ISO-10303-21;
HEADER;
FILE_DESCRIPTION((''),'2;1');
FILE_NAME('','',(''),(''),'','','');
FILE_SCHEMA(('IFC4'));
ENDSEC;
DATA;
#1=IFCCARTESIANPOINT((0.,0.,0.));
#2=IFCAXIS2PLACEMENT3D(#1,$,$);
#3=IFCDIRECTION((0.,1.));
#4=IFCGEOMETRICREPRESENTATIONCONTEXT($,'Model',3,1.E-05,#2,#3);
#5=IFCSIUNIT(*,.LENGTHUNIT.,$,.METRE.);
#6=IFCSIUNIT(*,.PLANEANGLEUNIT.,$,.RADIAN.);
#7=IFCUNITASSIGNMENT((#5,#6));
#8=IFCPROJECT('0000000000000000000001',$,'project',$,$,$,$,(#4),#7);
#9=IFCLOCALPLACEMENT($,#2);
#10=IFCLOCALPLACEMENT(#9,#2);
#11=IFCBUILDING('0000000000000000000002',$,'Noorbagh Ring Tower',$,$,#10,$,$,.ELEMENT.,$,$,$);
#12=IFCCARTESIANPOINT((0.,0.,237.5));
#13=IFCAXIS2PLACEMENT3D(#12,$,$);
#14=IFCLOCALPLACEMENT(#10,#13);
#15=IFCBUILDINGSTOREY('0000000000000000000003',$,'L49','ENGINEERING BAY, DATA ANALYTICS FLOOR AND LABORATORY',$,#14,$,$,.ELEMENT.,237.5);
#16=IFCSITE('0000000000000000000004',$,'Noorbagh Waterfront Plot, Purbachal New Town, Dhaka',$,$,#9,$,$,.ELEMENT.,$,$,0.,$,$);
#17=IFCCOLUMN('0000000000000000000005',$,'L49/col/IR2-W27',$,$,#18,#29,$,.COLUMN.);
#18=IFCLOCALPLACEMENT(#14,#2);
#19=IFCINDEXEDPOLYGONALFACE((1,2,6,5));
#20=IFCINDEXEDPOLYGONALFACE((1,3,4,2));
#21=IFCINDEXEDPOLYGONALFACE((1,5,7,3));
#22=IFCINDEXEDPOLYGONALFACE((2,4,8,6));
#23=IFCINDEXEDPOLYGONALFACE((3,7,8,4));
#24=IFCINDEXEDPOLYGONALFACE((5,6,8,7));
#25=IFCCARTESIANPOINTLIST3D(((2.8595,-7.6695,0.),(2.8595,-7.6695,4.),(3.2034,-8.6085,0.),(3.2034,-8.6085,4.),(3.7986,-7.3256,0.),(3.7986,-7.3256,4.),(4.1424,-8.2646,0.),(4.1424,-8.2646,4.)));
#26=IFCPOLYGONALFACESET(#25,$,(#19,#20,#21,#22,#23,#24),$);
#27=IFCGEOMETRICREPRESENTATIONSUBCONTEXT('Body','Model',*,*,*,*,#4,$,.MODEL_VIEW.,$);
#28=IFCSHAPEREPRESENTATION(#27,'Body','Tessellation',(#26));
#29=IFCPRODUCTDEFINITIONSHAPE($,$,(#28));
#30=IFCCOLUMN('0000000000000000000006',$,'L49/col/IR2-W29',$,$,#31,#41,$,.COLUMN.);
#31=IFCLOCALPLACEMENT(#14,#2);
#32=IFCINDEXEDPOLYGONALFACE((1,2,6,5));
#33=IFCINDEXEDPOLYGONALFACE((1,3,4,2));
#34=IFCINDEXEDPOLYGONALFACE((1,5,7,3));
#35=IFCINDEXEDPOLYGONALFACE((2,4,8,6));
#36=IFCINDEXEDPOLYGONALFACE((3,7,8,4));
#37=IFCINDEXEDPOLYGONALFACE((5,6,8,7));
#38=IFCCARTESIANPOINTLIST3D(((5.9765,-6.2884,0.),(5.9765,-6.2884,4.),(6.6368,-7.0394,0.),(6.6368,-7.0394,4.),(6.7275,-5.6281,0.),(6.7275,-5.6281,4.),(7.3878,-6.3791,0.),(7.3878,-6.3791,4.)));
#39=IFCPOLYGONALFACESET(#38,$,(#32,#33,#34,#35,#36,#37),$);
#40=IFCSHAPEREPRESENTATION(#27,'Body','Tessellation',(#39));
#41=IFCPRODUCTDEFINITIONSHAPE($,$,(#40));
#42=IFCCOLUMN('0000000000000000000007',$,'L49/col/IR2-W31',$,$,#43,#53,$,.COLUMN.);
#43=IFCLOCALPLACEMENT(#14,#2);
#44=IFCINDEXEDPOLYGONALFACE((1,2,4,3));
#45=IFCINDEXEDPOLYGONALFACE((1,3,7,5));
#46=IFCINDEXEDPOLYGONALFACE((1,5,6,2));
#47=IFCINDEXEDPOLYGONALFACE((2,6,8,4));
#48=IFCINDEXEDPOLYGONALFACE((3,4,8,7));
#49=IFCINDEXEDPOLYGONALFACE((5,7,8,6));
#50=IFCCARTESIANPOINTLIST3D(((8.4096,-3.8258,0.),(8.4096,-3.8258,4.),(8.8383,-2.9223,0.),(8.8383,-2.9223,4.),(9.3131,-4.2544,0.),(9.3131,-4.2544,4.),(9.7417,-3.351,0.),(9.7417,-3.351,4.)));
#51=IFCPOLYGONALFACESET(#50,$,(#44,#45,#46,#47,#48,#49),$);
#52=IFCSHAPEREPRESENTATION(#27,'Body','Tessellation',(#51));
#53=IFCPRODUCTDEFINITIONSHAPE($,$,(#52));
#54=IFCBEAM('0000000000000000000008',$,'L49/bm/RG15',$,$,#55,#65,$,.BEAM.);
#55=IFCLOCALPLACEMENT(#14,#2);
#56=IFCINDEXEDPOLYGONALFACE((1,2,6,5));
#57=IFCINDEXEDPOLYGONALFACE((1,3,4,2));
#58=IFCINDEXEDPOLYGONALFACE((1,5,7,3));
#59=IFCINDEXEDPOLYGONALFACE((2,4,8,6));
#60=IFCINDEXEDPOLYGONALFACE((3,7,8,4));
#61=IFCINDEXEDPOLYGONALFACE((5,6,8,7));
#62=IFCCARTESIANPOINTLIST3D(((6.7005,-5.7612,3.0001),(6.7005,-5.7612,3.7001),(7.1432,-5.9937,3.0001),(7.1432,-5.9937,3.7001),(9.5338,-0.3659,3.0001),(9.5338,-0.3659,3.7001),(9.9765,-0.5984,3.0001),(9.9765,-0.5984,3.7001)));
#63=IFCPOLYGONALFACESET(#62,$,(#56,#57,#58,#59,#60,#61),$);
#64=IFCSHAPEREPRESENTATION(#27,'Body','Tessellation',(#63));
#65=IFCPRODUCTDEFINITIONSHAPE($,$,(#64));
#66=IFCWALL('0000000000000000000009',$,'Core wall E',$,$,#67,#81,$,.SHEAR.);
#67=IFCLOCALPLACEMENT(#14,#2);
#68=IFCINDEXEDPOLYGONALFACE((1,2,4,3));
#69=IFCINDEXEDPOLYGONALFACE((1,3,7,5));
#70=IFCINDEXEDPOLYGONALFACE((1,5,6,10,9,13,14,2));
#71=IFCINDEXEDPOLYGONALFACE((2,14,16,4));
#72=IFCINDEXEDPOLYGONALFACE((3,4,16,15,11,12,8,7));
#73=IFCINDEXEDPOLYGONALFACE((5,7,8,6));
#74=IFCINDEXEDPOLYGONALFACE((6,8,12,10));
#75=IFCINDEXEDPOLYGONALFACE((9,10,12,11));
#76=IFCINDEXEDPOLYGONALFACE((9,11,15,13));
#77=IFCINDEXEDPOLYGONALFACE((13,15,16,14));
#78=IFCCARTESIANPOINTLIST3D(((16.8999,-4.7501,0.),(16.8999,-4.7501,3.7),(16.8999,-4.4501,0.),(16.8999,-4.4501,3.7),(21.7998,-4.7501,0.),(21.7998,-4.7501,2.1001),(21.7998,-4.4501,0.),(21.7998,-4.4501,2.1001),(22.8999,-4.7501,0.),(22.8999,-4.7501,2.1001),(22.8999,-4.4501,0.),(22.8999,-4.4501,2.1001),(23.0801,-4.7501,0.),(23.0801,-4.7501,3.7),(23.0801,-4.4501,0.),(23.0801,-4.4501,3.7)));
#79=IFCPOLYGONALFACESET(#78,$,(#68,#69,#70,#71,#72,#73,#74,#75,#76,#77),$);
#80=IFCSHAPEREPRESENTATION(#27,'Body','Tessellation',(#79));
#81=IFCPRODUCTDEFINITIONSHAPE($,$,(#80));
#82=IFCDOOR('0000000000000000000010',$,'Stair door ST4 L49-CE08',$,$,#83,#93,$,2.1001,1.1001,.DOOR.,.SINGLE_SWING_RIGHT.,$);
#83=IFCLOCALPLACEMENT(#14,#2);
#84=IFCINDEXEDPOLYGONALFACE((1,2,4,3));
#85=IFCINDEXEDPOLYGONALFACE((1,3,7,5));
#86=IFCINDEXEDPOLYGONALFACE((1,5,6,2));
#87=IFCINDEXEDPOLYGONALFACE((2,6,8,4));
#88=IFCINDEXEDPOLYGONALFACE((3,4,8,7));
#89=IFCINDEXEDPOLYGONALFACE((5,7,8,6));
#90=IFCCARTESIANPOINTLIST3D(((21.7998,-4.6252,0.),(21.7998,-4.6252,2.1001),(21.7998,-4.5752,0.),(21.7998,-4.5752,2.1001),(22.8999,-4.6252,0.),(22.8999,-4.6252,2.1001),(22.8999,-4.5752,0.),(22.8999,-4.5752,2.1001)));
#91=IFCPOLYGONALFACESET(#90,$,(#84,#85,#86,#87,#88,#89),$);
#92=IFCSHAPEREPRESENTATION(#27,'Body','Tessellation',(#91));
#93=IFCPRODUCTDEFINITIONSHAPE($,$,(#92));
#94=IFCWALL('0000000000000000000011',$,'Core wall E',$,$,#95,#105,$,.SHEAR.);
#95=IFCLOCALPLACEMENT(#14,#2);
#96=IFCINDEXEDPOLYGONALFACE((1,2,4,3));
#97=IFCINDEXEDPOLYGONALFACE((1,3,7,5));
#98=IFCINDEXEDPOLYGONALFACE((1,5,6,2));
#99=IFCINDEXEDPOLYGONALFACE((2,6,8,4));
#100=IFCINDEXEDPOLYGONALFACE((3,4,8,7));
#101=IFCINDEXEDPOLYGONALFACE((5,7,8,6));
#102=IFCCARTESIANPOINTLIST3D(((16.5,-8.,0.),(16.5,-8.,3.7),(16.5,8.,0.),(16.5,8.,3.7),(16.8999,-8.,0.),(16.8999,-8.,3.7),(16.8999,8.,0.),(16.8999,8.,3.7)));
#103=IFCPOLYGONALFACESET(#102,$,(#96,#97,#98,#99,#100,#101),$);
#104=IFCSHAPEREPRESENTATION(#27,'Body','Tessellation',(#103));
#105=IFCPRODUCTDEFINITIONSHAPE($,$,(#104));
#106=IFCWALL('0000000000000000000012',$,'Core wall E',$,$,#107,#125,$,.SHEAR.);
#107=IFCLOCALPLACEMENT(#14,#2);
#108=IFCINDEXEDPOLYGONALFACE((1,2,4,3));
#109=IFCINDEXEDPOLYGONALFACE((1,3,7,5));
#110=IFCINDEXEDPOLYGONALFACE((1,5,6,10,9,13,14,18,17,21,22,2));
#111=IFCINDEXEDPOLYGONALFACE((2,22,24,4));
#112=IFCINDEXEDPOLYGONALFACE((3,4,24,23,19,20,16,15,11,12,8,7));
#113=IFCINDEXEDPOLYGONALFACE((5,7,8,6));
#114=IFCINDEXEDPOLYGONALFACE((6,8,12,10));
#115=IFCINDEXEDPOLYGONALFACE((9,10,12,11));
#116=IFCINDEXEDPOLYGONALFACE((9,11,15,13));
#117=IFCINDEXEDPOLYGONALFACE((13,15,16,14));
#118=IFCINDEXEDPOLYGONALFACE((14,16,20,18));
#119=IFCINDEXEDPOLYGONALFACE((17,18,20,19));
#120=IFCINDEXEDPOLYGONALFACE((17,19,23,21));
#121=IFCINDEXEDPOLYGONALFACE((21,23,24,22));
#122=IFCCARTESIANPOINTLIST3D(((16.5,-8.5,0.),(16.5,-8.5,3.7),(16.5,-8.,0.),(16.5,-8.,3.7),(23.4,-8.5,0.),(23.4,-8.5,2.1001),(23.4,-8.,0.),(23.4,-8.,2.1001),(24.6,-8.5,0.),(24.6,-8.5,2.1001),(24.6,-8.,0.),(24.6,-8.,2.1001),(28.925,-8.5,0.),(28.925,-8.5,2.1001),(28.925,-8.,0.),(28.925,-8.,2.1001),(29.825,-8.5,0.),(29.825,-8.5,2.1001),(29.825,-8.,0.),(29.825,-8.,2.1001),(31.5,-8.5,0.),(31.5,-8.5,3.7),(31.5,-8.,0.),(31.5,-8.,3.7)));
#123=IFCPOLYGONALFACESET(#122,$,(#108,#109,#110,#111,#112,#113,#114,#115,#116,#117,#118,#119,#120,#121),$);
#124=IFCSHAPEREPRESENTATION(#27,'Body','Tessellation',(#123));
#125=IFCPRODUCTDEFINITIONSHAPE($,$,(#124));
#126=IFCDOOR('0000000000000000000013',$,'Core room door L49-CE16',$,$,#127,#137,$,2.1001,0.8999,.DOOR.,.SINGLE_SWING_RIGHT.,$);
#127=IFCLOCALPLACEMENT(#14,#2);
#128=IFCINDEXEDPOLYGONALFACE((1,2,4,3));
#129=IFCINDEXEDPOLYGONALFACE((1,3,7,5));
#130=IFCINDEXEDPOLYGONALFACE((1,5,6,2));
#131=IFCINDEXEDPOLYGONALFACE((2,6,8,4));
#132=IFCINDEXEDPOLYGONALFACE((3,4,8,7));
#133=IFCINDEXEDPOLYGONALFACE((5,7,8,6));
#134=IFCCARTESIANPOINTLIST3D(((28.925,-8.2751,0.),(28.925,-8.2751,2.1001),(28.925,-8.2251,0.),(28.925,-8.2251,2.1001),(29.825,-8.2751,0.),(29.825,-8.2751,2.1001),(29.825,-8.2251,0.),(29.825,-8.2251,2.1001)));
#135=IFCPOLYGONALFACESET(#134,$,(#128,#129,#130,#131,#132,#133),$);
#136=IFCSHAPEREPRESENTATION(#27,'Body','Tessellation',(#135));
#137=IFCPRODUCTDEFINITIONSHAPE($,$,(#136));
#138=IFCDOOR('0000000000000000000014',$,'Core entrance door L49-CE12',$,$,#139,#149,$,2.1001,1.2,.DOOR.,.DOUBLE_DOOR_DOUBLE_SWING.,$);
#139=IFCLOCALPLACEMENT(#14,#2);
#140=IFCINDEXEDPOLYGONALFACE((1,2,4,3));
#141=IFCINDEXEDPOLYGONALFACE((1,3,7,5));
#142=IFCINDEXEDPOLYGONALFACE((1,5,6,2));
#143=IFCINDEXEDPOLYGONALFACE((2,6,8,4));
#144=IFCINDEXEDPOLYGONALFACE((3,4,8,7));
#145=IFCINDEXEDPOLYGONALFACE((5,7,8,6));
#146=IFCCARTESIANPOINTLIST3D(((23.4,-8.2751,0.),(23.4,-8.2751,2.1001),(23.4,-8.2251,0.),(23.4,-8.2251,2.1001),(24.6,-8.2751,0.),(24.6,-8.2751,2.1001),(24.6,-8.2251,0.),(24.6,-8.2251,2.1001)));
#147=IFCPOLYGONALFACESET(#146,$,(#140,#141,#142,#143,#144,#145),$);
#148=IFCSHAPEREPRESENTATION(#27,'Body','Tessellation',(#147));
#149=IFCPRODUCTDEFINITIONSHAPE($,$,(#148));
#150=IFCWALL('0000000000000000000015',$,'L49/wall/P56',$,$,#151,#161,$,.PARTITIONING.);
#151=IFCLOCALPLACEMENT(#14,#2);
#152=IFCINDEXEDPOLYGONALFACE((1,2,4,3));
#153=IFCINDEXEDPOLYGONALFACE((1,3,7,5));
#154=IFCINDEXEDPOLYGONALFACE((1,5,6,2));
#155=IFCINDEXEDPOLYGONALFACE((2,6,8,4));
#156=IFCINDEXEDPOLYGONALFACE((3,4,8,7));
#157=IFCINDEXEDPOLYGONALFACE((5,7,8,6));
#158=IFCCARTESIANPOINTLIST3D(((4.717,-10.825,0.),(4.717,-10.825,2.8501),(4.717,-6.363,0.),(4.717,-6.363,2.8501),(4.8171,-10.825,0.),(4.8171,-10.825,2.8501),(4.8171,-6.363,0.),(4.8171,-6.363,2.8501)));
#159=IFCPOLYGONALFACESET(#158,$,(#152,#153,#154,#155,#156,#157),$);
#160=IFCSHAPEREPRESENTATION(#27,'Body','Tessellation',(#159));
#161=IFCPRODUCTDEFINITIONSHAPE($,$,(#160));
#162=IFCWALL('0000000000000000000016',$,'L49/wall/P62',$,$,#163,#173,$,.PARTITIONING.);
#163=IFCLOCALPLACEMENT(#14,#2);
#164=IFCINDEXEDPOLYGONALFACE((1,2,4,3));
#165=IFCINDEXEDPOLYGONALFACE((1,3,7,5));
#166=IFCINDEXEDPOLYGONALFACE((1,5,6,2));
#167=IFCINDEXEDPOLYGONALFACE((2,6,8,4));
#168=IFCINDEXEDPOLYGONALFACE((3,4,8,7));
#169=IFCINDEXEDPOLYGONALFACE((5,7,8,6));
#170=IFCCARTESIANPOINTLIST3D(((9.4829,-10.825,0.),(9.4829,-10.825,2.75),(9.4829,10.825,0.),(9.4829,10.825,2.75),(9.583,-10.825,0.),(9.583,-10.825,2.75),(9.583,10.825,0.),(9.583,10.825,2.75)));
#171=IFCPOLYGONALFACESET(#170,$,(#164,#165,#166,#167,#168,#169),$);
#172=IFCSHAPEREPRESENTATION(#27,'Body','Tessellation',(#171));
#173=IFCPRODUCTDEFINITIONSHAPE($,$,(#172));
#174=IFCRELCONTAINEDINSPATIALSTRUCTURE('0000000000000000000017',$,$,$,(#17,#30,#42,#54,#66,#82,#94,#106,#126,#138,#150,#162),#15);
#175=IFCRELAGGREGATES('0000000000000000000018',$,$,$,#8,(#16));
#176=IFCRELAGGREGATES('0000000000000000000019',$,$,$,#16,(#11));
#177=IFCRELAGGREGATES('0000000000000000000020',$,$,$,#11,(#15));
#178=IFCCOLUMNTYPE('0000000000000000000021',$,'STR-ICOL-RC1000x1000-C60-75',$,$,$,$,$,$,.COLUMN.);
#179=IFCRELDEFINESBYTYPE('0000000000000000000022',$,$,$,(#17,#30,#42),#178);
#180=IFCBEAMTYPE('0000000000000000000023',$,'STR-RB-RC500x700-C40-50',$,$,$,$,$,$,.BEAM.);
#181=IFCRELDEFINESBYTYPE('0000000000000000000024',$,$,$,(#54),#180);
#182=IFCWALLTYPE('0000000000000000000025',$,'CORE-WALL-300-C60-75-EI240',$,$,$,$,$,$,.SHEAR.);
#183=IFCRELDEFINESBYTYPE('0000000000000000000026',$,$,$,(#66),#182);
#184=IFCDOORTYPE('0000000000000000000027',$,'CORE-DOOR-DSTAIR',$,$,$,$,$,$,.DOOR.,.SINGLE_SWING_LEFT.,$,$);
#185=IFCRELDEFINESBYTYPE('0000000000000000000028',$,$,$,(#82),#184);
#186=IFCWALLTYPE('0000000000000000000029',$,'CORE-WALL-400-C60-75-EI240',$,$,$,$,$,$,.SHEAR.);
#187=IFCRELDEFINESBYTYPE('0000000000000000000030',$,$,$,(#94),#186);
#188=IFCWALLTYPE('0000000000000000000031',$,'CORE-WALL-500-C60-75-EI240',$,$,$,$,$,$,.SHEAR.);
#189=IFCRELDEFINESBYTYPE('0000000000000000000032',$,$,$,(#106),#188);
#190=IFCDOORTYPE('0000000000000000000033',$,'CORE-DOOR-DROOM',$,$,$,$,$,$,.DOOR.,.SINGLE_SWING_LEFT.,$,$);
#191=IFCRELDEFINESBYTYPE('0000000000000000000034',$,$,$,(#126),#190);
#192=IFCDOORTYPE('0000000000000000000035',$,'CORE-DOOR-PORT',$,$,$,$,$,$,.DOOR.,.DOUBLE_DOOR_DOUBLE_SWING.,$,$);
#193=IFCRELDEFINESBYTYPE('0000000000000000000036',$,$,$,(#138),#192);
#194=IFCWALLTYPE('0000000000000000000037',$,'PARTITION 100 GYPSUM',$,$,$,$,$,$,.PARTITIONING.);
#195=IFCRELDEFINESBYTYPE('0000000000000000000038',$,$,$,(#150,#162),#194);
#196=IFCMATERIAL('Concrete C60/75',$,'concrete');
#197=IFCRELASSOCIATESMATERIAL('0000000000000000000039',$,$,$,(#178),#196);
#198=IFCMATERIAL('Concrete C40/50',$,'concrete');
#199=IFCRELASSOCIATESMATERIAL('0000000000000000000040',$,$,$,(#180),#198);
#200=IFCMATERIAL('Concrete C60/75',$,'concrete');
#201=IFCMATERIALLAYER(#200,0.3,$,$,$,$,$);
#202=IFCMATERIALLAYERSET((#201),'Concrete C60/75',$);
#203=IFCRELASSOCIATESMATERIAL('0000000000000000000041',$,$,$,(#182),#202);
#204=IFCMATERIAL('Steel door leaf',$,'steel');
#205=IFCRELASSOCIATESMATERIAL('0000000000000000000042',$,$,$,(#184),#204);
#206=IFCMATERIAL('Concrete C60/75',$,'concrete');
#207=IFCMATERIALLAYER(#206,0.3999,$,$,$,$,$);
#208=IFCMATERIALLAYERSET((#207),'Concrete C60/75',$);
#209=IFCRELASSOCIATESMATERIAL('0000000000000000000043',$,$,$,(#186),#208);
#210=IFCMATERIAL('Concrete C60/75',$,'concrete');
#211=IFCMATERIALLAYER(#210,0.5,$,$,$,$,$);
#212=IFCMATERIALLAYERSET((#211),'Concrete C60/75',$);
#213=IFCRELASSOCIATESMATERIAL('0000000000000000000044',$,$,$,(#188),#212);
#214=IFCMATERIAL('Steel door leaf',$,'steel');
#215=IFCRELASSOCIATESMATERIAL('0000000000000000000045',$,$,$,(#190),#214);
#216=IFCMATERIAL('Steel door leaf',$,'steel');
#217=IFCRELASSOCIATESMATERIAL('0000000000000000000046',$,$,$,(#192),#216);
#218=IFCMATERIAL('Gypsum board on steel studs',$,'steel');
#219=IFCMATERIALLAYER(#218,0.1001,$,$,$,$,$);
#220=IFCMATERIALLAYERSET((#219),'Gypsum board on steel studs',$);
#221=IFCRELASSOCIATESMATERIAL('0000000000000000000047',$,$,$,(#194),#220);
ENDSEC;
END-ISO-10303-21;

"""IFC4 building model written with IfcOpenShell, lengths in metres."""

from ifc_helpers import new_model, si_unit, direction, frame, frame_2d, origin, origin_2d, place, context, subcontext, project, spatial, rectangle, extrude, material, layer, layer_set, material_profile, profile_set, type_object, element, fill, save


model = new_model("IFC4")

# Units and contexts
model_context = context("Model", 3, precision=1e-05, world=origin(), true_north=direction((0.0, 1.0)))
body_context = subcontext(model_context, "Body", "Model", "MODEL_VIEW")
ifc_project = project(units=[si_unit("LENGTHUNIT", "METRE"), si_unit("PLANEANGLEUNIT", "RADIAN")], contexts=[model_context])

# Site, building, storey
site_placement = place(None, origin())
site = spatial("IfcSite", under=ifc_project, at=site_placement, Name="Noorbagh Waterfront Plot, Purbachal New Town, Dhaka", CompositionType="ELEMENT", RefElevation=0.0)
building_placement = place(site_placement, origin())
building = spatial("IfcBuilding", under=site, at=building_placement, Name="Noorbagh Ring Tower", CompositionType="ELEMENT")
storey_placement = place(building_placement, frame((0.0, 0.0, 237.5)))
storey = spatial("IfcBuildingStorey", under=building, at=storey_placement, Name="L49", Description="ENGINEERING BAY, DATA ANALYTICS FLOOR AND LABORATORY", CompositionType="ELEMENT", Elevation=237.5)

# Columns
ifc_material_1 = material(Name="Concrete C60/75", Category="concrete")
ifc_material_profile_1 = material_profile(ifc_material_1, rectangle(XDim=1.0, YDim=1.0, at=origin_2d()), Name="RC1000x1000")
ifc_profile_set_1 = profile_set([ifc_material_profile_1], Name="Concrete C60/75")
column_type = type_object("IfcColumnType", Name="STR-ICOL-RC1000x1000-C60-75", PredefinedType="COLUMN", material=ifc_profile_set_1)
for number, where, z_axis, x_axis, name in (
    (1, (3.501, -7.967, 0.0), (0.0, 0.0, 1.0), (0.93902, 0.343864, 0.0), "L49/col/IR2-W27"),
    (2, (6.6821, -6.3337, 0.0), (0.0, 0.0, 1.0), (0.751022, 0.660277, 0.0), "L49/col/IR2-W29"),
    (3, (9.0757, -3.5884, 0.0), (0.0, 0.0, 1.0), (0.428667, 0.903463, 0.0), "L49/col/IR2-W31"),
):
    element("IfcColumn", number, at=place(storey_placement, frame(where, z_axis=z_axis, x_axis=x_axis)), inside=storey, type_object=column_type, Name=name, PredefinedType="COLUMN", context=body_context, shape_type="SweptSolid", body=[
        extrude(rectangle(XDim=1.0, YDim=1.0, at=origin_2d()), origin(), (0.0, 0.0, 1.0), 4.0),
    ])

# Beam
ifc_material_2 = material(Name="Concrete C40/50", Category="concrete")
ifc_material_profile_2 = material_profile(ifc_material_2, rectangle(XDim=0.5, YDim=0.7, at=origin_2d()), Name="RC500x700")
ifc_profile_set_2 = profile_set([ifc_material_profile_2], Name="Concrete C40/50")
beam_type = type_object("IfcBeamType", Name="STR-RB-RC500x700-C40-50", PredefinedType="BEAM", material=ifc_profile_set_2)
beam_placement = place(storey_placement, frame((6.9219, -5.8774, 3.3501), z_axis=(0.464929, 0.885348, 0.0), x_axis=(-0.885348, 0.464929, 0.0)))
element("IfcBeam", 4, at=beam_placement, inside=storey, type_object=beam_type, Name="L49/bm/RG15", PredefinedType="BEAM", context=body_context, shape_type="SweptSolid", body=[
    extrude(rectangle(XDim=0.5, YDim=0.7, at=origin_2d()), origin(), (0.0, 0.0, 1.0), 6.094),
])

# Wall, opening, door
ifc_material_3 = material(Name="Concrete C60/75", Category="concrete")
ifc_layer_1 = layer(ifc_material_3, 0.3)
ifc_layer_set_1 = layer_set([ifc_layer_1], Name="Concrete C60/75")
wall_type_1 = type_object("IfcWallType", Name="CORE-WALL-300-C60-75-EI240", PredefinedType="SHEAR", material=ifc_layer_set_1)
wall_1_placement = place(storey_placement, frame((16.8999, -4.6001, 0.0), z_axis=(0.0, 0.0, 1.0), x_axis=(1.0, 0.0, 0.0)))
wall_1 = element("IfcWall", 5, at=wall_1_placement, inside=storey, type_object=wall_type_1, Name="Core wall E", PredefinedType="SHEAR", context=body_context, shape_type="SweptSolid", body=[
    extrude(rectangle(XDim=6.1802, YDim=0.3, at=frame_2d((3.0901, 0.0))), origin(), (0.0, 0.0, 1.0), 3.7),
])
opening_1_placement = place(wall_1_placement, frame((4.8999, 0.0, 0.0)))
opening_1 = element("IfcOpeningElement", 6, at=opening_1_placement, cuts=wall_1, PredefinedType="OPENING", context=body_context, shape_type="SweptSolid", body=[
    extrude(rectangle(XDim=1.1001, YDim=2.1001, at=frame_2d((0.55, 1.05))), frame((0.0, 0.1602, 0.0), z_axis=(0.0, -1.0, 0.0), x_axis=(1.0, 0.0, 0.0)), (0.0, 0.0, 1.0), 0.3201),
])
ifc_material_4 = material(Name="Steel door leaf", Category="steel")
door_type_1 = type_object("IfcDoorType", Name="CORE-DOOR-DSTAIR", OperationType="SINGLE_SWING_LEFT", PredefinedType="DOOR", material=ifc_material_4)
door_1_placement = place(opening_1_placement, origin())
door_1 = element("IfcDoor", 7, at=door_1_placement, inside=storey, type_object=door_type_1, Name="Stair door ST4 L49-CE08", OperationType="SINGLE_SWING_RIGHT", OverallHeight=2.1001, OverallWidth=1.1001, PredefinedType="DOOR", context=body_context, shape_type="SweptSolid", body=[
    extrude(rectangle(XDim=1.1001, YDim=2.1001, at=frame_2d((0.55, 1.05))), frame((0.0, 0.0249, 0.0), z_axis=(0.0, -1.0, 0.0), x_axis=(1.0, 0.0, 0.0)), (0.0, 0.0, 1.0), 0.05),
])
fill(opening_1, door_1)

# Wall
ifc_material_5 = material(Name="Concrete C60/75", Category="concrete")
ifc_layer_2 = layer(ifc_material_5, 0.3999)
ifc_layer_set_2 = layer_set([ifc_layer_2], Name="Concrete C60/75")
wall_type_2 = type_object("IfcWallType", Name="CORE-WALL-400-C60-75-EI240", PredefinedType="SHEAR", material=ifc_layer_set_2)
wall_2_placement = place(storey_placement, frame((16.7, -8.0, 0.0), z_axis=(0.0, 0.0, 1.0), x_axis=(0.0, 1.0, 0.0)))
element("IfcWall", 8, at=wall_2_placement, inside=storey, type_object=wall_type_2, Name="Core wall E", PredefinedType="SHEAR", context=body_context, shape_type="SweptSolid", body=[
    extrude(rectangle(XDim=16.0, YDim=0.3999, at=frame_2d((8.0, 0.0))), origin(), (0.0, 0.0, 1.0), 3.7),
])

# Wall, openings, doors
ifc_material_6 = material(Name="Concrete C60/75", Category="concrete")
ifc_layer_3 = layer(ifc_material_6, 0.5)
ifc_layer_set_3 = layer_set([ifc_layer_3], Name="Concrete C60/75")
wall_type_3 = type_object("IfcWallType", Name="CORE-WALL-500-C60-75-EI240", PredefinedType="SHEAR", material=ifc_layer_set_3)
wall_3_placement = place(storey_placement, frame((16.5, -8.25, 0.0), z_axis=(0.0, 0.0, 1.0), x_axis=(1.0, 0.0, 0.0)))
wall_3 = element("IfcWall", 9, at=wall_3_placement, inside=storey, type_object=wall_type_3, Name="Core wall E", PredefinedType="SHEAR", context=body_context, shape_type="SweptSolid", body=[
    extrude(rectangle(XDim=15.0, YDim=0.5, at=frame_2d((7.5, 0.0))), origin(), (0.0, 0.0, 1.0), 3.7),
])
opening_2_placement = place(wall_3_placement, frame((6.8999, 0.0, 0.0)))
opening_2 = element("IfcOpeningElement", 10, at=opening_2_placement, cuts=wall_3, PredefinedType="OPENING", context=body_context, shape_type="SweptSolid", body=[
    extrude(rectangle(XDim=1.2, YDim=2.1001, at=frame_2d((0.6001, 1.05))), frame((0.0, 0.26, 0.0), z_axis=(0.0, -1.0, 0.0), x_axis=(1.0, 0.0, 0.0)), (0.0, 0.0, 1.0), 0.52),
])
opening_3_placement = place(wall_3_placement, frame((12.425, 0.0, 0.0)))
opening_3 = element("IfcOpeningElement", 11, at=opening_3_placement, cuts=wall_3, PredefinedType="OPENING", context=body_context, shape_type="SweptSolid", body=[
    extrude(rectangle(XDim=0.8999, YDim=2.1001, at=frame_2d((0.45, 1.05))), frame((0.0, 0.26, 0.0), z_axis=(0.0, -1.0, 0.0), x_axis=(1.0, 0.0, 0.0)), (0.0, 0.0, 1.0), 0.52),
])
ifc_material_7 = material(Name="Steel door leaf", Category="steel")
door_type_2 = type_object("IfcDoorType", Name="CORE-DOOR-DROOM", OperationType="SINGLE_SWING_LEFT", PredefinedType="DOOR", material=ifc_material_7)
door_2_placement = place(opening_3_placement, origin())
door_2 = element("IfcDoor", 12, at=door_2_placement, inside=storey, type_object=door_type_2, Name="Core room door L49-CE16", OperationType="SINGLE_SWING_RIGHT", OverallHeight=2.1001, OverallWidth=0.8999, PredefinedType="DOOR", context=body_context, shape_type="SweptSolid", body=[
    extrude(rectangle(XDim=0.8999, YDim=2.1001, at=frame_2d((0.45, 1.05))), frame((0.0, 0.0249, 0.0), z_axis=(0.0, -1.0, 0.0), x_axis=(1.0, 0.0, 0.0)), (0.0, 0.0, 1.0), 0.05),
])
fill(opening_3, door_2)
ifc_material_8 = material(Name="Steel door leaf", Category="steel")
door_type_3 = type_object("IfcDoorType", Name="CORE-DOOR-PORT", OperationType="DOUBLE_DOOR_DOUBLE_SWING", PredefinedType="DOOR", material=ifc_material_8)
door_3_placement = place(opening_2_placement, origin())
door_3 = element("IfcDoor", 13, at=door_3_placement, inside=storey, type_object=door_type_3, Name="Core entrance door L49-CE12", OperationType="DOUBLE_DOOR_DOUBLE_SWING", OverallHeight=2.1001, OverallWidth=1.2, PredefinedType="DOOR", context=body_context, shape_type="SweptSolid", body=[
    extrude(rectangle(XDim=1.2, YDim=2.1001, at=frame_2d((0.6001, 1.05))), frame((0.0, 0.0249, 0.0), z_axis=(0.0, -1.0, 0.0), x_axis=(1.0, 0.0, 0.0)), (0.0, 0.0, 1.0), 0.05),
])
fill(opening_2, door_3)

# Walls
ifc_material_9 = material(Name="Gypsum board on steel studs", Category="steel")
ifc_layer_4 = layer(ifc_material_9, 0.1001)
ifc_layer_set_4 = layer_set([ifc_layer_4], Name="Gypsum board on steel studs")
wall_type_4 = type_object("IfcWallType", Name="PARTITION 100 GYPSUM", PredefinedType="PARTITIONING", material=ifc_layer_set_4)
wall_4_placement = place(storey_placement, frame((4.7671, -10.825, 0.0), z_axis=(0.0, 0.0, 1.0), x_axis=(0.0, 1.0, 0.0)))
element("IfcWall", 14, at=wall_4_placement, inside=storey, type_object=wall_type_4, Name="L49/wall/P56", PredefinedType="PARTITIONING", context=body_context, shape_type="SweptSolid", body=[
    extrude(rectangle(XDim=4.4619, YDim=0.1001, at=frame_2d((2.231, 0.0))), origin(), (0.0, 0.0, 1.0), 2.8501),
])
wall_5_placement = place(storey_placement, frame((9.533, -10.825, 0.0), z_axis=(0.0, 0.0, 1.0), x_axis=(0.0, 1.0, 0.0)))
element("IfcWall", 15, at=wall_5_placement, inside=storey, type_object=wall_type_4, Name="L49/wall/P62", PredefinedType="PARTITIONING", context=body_context, shape_type="SweptSolid", body=[
    extrude(rectangle(XDim=21.6499, YDim=0.1001, at=frame_2d((10.825, 0.0))), origin(), (0.0, 0.0, 1.0), 2.75),
])

save(model, "model.ifc")
